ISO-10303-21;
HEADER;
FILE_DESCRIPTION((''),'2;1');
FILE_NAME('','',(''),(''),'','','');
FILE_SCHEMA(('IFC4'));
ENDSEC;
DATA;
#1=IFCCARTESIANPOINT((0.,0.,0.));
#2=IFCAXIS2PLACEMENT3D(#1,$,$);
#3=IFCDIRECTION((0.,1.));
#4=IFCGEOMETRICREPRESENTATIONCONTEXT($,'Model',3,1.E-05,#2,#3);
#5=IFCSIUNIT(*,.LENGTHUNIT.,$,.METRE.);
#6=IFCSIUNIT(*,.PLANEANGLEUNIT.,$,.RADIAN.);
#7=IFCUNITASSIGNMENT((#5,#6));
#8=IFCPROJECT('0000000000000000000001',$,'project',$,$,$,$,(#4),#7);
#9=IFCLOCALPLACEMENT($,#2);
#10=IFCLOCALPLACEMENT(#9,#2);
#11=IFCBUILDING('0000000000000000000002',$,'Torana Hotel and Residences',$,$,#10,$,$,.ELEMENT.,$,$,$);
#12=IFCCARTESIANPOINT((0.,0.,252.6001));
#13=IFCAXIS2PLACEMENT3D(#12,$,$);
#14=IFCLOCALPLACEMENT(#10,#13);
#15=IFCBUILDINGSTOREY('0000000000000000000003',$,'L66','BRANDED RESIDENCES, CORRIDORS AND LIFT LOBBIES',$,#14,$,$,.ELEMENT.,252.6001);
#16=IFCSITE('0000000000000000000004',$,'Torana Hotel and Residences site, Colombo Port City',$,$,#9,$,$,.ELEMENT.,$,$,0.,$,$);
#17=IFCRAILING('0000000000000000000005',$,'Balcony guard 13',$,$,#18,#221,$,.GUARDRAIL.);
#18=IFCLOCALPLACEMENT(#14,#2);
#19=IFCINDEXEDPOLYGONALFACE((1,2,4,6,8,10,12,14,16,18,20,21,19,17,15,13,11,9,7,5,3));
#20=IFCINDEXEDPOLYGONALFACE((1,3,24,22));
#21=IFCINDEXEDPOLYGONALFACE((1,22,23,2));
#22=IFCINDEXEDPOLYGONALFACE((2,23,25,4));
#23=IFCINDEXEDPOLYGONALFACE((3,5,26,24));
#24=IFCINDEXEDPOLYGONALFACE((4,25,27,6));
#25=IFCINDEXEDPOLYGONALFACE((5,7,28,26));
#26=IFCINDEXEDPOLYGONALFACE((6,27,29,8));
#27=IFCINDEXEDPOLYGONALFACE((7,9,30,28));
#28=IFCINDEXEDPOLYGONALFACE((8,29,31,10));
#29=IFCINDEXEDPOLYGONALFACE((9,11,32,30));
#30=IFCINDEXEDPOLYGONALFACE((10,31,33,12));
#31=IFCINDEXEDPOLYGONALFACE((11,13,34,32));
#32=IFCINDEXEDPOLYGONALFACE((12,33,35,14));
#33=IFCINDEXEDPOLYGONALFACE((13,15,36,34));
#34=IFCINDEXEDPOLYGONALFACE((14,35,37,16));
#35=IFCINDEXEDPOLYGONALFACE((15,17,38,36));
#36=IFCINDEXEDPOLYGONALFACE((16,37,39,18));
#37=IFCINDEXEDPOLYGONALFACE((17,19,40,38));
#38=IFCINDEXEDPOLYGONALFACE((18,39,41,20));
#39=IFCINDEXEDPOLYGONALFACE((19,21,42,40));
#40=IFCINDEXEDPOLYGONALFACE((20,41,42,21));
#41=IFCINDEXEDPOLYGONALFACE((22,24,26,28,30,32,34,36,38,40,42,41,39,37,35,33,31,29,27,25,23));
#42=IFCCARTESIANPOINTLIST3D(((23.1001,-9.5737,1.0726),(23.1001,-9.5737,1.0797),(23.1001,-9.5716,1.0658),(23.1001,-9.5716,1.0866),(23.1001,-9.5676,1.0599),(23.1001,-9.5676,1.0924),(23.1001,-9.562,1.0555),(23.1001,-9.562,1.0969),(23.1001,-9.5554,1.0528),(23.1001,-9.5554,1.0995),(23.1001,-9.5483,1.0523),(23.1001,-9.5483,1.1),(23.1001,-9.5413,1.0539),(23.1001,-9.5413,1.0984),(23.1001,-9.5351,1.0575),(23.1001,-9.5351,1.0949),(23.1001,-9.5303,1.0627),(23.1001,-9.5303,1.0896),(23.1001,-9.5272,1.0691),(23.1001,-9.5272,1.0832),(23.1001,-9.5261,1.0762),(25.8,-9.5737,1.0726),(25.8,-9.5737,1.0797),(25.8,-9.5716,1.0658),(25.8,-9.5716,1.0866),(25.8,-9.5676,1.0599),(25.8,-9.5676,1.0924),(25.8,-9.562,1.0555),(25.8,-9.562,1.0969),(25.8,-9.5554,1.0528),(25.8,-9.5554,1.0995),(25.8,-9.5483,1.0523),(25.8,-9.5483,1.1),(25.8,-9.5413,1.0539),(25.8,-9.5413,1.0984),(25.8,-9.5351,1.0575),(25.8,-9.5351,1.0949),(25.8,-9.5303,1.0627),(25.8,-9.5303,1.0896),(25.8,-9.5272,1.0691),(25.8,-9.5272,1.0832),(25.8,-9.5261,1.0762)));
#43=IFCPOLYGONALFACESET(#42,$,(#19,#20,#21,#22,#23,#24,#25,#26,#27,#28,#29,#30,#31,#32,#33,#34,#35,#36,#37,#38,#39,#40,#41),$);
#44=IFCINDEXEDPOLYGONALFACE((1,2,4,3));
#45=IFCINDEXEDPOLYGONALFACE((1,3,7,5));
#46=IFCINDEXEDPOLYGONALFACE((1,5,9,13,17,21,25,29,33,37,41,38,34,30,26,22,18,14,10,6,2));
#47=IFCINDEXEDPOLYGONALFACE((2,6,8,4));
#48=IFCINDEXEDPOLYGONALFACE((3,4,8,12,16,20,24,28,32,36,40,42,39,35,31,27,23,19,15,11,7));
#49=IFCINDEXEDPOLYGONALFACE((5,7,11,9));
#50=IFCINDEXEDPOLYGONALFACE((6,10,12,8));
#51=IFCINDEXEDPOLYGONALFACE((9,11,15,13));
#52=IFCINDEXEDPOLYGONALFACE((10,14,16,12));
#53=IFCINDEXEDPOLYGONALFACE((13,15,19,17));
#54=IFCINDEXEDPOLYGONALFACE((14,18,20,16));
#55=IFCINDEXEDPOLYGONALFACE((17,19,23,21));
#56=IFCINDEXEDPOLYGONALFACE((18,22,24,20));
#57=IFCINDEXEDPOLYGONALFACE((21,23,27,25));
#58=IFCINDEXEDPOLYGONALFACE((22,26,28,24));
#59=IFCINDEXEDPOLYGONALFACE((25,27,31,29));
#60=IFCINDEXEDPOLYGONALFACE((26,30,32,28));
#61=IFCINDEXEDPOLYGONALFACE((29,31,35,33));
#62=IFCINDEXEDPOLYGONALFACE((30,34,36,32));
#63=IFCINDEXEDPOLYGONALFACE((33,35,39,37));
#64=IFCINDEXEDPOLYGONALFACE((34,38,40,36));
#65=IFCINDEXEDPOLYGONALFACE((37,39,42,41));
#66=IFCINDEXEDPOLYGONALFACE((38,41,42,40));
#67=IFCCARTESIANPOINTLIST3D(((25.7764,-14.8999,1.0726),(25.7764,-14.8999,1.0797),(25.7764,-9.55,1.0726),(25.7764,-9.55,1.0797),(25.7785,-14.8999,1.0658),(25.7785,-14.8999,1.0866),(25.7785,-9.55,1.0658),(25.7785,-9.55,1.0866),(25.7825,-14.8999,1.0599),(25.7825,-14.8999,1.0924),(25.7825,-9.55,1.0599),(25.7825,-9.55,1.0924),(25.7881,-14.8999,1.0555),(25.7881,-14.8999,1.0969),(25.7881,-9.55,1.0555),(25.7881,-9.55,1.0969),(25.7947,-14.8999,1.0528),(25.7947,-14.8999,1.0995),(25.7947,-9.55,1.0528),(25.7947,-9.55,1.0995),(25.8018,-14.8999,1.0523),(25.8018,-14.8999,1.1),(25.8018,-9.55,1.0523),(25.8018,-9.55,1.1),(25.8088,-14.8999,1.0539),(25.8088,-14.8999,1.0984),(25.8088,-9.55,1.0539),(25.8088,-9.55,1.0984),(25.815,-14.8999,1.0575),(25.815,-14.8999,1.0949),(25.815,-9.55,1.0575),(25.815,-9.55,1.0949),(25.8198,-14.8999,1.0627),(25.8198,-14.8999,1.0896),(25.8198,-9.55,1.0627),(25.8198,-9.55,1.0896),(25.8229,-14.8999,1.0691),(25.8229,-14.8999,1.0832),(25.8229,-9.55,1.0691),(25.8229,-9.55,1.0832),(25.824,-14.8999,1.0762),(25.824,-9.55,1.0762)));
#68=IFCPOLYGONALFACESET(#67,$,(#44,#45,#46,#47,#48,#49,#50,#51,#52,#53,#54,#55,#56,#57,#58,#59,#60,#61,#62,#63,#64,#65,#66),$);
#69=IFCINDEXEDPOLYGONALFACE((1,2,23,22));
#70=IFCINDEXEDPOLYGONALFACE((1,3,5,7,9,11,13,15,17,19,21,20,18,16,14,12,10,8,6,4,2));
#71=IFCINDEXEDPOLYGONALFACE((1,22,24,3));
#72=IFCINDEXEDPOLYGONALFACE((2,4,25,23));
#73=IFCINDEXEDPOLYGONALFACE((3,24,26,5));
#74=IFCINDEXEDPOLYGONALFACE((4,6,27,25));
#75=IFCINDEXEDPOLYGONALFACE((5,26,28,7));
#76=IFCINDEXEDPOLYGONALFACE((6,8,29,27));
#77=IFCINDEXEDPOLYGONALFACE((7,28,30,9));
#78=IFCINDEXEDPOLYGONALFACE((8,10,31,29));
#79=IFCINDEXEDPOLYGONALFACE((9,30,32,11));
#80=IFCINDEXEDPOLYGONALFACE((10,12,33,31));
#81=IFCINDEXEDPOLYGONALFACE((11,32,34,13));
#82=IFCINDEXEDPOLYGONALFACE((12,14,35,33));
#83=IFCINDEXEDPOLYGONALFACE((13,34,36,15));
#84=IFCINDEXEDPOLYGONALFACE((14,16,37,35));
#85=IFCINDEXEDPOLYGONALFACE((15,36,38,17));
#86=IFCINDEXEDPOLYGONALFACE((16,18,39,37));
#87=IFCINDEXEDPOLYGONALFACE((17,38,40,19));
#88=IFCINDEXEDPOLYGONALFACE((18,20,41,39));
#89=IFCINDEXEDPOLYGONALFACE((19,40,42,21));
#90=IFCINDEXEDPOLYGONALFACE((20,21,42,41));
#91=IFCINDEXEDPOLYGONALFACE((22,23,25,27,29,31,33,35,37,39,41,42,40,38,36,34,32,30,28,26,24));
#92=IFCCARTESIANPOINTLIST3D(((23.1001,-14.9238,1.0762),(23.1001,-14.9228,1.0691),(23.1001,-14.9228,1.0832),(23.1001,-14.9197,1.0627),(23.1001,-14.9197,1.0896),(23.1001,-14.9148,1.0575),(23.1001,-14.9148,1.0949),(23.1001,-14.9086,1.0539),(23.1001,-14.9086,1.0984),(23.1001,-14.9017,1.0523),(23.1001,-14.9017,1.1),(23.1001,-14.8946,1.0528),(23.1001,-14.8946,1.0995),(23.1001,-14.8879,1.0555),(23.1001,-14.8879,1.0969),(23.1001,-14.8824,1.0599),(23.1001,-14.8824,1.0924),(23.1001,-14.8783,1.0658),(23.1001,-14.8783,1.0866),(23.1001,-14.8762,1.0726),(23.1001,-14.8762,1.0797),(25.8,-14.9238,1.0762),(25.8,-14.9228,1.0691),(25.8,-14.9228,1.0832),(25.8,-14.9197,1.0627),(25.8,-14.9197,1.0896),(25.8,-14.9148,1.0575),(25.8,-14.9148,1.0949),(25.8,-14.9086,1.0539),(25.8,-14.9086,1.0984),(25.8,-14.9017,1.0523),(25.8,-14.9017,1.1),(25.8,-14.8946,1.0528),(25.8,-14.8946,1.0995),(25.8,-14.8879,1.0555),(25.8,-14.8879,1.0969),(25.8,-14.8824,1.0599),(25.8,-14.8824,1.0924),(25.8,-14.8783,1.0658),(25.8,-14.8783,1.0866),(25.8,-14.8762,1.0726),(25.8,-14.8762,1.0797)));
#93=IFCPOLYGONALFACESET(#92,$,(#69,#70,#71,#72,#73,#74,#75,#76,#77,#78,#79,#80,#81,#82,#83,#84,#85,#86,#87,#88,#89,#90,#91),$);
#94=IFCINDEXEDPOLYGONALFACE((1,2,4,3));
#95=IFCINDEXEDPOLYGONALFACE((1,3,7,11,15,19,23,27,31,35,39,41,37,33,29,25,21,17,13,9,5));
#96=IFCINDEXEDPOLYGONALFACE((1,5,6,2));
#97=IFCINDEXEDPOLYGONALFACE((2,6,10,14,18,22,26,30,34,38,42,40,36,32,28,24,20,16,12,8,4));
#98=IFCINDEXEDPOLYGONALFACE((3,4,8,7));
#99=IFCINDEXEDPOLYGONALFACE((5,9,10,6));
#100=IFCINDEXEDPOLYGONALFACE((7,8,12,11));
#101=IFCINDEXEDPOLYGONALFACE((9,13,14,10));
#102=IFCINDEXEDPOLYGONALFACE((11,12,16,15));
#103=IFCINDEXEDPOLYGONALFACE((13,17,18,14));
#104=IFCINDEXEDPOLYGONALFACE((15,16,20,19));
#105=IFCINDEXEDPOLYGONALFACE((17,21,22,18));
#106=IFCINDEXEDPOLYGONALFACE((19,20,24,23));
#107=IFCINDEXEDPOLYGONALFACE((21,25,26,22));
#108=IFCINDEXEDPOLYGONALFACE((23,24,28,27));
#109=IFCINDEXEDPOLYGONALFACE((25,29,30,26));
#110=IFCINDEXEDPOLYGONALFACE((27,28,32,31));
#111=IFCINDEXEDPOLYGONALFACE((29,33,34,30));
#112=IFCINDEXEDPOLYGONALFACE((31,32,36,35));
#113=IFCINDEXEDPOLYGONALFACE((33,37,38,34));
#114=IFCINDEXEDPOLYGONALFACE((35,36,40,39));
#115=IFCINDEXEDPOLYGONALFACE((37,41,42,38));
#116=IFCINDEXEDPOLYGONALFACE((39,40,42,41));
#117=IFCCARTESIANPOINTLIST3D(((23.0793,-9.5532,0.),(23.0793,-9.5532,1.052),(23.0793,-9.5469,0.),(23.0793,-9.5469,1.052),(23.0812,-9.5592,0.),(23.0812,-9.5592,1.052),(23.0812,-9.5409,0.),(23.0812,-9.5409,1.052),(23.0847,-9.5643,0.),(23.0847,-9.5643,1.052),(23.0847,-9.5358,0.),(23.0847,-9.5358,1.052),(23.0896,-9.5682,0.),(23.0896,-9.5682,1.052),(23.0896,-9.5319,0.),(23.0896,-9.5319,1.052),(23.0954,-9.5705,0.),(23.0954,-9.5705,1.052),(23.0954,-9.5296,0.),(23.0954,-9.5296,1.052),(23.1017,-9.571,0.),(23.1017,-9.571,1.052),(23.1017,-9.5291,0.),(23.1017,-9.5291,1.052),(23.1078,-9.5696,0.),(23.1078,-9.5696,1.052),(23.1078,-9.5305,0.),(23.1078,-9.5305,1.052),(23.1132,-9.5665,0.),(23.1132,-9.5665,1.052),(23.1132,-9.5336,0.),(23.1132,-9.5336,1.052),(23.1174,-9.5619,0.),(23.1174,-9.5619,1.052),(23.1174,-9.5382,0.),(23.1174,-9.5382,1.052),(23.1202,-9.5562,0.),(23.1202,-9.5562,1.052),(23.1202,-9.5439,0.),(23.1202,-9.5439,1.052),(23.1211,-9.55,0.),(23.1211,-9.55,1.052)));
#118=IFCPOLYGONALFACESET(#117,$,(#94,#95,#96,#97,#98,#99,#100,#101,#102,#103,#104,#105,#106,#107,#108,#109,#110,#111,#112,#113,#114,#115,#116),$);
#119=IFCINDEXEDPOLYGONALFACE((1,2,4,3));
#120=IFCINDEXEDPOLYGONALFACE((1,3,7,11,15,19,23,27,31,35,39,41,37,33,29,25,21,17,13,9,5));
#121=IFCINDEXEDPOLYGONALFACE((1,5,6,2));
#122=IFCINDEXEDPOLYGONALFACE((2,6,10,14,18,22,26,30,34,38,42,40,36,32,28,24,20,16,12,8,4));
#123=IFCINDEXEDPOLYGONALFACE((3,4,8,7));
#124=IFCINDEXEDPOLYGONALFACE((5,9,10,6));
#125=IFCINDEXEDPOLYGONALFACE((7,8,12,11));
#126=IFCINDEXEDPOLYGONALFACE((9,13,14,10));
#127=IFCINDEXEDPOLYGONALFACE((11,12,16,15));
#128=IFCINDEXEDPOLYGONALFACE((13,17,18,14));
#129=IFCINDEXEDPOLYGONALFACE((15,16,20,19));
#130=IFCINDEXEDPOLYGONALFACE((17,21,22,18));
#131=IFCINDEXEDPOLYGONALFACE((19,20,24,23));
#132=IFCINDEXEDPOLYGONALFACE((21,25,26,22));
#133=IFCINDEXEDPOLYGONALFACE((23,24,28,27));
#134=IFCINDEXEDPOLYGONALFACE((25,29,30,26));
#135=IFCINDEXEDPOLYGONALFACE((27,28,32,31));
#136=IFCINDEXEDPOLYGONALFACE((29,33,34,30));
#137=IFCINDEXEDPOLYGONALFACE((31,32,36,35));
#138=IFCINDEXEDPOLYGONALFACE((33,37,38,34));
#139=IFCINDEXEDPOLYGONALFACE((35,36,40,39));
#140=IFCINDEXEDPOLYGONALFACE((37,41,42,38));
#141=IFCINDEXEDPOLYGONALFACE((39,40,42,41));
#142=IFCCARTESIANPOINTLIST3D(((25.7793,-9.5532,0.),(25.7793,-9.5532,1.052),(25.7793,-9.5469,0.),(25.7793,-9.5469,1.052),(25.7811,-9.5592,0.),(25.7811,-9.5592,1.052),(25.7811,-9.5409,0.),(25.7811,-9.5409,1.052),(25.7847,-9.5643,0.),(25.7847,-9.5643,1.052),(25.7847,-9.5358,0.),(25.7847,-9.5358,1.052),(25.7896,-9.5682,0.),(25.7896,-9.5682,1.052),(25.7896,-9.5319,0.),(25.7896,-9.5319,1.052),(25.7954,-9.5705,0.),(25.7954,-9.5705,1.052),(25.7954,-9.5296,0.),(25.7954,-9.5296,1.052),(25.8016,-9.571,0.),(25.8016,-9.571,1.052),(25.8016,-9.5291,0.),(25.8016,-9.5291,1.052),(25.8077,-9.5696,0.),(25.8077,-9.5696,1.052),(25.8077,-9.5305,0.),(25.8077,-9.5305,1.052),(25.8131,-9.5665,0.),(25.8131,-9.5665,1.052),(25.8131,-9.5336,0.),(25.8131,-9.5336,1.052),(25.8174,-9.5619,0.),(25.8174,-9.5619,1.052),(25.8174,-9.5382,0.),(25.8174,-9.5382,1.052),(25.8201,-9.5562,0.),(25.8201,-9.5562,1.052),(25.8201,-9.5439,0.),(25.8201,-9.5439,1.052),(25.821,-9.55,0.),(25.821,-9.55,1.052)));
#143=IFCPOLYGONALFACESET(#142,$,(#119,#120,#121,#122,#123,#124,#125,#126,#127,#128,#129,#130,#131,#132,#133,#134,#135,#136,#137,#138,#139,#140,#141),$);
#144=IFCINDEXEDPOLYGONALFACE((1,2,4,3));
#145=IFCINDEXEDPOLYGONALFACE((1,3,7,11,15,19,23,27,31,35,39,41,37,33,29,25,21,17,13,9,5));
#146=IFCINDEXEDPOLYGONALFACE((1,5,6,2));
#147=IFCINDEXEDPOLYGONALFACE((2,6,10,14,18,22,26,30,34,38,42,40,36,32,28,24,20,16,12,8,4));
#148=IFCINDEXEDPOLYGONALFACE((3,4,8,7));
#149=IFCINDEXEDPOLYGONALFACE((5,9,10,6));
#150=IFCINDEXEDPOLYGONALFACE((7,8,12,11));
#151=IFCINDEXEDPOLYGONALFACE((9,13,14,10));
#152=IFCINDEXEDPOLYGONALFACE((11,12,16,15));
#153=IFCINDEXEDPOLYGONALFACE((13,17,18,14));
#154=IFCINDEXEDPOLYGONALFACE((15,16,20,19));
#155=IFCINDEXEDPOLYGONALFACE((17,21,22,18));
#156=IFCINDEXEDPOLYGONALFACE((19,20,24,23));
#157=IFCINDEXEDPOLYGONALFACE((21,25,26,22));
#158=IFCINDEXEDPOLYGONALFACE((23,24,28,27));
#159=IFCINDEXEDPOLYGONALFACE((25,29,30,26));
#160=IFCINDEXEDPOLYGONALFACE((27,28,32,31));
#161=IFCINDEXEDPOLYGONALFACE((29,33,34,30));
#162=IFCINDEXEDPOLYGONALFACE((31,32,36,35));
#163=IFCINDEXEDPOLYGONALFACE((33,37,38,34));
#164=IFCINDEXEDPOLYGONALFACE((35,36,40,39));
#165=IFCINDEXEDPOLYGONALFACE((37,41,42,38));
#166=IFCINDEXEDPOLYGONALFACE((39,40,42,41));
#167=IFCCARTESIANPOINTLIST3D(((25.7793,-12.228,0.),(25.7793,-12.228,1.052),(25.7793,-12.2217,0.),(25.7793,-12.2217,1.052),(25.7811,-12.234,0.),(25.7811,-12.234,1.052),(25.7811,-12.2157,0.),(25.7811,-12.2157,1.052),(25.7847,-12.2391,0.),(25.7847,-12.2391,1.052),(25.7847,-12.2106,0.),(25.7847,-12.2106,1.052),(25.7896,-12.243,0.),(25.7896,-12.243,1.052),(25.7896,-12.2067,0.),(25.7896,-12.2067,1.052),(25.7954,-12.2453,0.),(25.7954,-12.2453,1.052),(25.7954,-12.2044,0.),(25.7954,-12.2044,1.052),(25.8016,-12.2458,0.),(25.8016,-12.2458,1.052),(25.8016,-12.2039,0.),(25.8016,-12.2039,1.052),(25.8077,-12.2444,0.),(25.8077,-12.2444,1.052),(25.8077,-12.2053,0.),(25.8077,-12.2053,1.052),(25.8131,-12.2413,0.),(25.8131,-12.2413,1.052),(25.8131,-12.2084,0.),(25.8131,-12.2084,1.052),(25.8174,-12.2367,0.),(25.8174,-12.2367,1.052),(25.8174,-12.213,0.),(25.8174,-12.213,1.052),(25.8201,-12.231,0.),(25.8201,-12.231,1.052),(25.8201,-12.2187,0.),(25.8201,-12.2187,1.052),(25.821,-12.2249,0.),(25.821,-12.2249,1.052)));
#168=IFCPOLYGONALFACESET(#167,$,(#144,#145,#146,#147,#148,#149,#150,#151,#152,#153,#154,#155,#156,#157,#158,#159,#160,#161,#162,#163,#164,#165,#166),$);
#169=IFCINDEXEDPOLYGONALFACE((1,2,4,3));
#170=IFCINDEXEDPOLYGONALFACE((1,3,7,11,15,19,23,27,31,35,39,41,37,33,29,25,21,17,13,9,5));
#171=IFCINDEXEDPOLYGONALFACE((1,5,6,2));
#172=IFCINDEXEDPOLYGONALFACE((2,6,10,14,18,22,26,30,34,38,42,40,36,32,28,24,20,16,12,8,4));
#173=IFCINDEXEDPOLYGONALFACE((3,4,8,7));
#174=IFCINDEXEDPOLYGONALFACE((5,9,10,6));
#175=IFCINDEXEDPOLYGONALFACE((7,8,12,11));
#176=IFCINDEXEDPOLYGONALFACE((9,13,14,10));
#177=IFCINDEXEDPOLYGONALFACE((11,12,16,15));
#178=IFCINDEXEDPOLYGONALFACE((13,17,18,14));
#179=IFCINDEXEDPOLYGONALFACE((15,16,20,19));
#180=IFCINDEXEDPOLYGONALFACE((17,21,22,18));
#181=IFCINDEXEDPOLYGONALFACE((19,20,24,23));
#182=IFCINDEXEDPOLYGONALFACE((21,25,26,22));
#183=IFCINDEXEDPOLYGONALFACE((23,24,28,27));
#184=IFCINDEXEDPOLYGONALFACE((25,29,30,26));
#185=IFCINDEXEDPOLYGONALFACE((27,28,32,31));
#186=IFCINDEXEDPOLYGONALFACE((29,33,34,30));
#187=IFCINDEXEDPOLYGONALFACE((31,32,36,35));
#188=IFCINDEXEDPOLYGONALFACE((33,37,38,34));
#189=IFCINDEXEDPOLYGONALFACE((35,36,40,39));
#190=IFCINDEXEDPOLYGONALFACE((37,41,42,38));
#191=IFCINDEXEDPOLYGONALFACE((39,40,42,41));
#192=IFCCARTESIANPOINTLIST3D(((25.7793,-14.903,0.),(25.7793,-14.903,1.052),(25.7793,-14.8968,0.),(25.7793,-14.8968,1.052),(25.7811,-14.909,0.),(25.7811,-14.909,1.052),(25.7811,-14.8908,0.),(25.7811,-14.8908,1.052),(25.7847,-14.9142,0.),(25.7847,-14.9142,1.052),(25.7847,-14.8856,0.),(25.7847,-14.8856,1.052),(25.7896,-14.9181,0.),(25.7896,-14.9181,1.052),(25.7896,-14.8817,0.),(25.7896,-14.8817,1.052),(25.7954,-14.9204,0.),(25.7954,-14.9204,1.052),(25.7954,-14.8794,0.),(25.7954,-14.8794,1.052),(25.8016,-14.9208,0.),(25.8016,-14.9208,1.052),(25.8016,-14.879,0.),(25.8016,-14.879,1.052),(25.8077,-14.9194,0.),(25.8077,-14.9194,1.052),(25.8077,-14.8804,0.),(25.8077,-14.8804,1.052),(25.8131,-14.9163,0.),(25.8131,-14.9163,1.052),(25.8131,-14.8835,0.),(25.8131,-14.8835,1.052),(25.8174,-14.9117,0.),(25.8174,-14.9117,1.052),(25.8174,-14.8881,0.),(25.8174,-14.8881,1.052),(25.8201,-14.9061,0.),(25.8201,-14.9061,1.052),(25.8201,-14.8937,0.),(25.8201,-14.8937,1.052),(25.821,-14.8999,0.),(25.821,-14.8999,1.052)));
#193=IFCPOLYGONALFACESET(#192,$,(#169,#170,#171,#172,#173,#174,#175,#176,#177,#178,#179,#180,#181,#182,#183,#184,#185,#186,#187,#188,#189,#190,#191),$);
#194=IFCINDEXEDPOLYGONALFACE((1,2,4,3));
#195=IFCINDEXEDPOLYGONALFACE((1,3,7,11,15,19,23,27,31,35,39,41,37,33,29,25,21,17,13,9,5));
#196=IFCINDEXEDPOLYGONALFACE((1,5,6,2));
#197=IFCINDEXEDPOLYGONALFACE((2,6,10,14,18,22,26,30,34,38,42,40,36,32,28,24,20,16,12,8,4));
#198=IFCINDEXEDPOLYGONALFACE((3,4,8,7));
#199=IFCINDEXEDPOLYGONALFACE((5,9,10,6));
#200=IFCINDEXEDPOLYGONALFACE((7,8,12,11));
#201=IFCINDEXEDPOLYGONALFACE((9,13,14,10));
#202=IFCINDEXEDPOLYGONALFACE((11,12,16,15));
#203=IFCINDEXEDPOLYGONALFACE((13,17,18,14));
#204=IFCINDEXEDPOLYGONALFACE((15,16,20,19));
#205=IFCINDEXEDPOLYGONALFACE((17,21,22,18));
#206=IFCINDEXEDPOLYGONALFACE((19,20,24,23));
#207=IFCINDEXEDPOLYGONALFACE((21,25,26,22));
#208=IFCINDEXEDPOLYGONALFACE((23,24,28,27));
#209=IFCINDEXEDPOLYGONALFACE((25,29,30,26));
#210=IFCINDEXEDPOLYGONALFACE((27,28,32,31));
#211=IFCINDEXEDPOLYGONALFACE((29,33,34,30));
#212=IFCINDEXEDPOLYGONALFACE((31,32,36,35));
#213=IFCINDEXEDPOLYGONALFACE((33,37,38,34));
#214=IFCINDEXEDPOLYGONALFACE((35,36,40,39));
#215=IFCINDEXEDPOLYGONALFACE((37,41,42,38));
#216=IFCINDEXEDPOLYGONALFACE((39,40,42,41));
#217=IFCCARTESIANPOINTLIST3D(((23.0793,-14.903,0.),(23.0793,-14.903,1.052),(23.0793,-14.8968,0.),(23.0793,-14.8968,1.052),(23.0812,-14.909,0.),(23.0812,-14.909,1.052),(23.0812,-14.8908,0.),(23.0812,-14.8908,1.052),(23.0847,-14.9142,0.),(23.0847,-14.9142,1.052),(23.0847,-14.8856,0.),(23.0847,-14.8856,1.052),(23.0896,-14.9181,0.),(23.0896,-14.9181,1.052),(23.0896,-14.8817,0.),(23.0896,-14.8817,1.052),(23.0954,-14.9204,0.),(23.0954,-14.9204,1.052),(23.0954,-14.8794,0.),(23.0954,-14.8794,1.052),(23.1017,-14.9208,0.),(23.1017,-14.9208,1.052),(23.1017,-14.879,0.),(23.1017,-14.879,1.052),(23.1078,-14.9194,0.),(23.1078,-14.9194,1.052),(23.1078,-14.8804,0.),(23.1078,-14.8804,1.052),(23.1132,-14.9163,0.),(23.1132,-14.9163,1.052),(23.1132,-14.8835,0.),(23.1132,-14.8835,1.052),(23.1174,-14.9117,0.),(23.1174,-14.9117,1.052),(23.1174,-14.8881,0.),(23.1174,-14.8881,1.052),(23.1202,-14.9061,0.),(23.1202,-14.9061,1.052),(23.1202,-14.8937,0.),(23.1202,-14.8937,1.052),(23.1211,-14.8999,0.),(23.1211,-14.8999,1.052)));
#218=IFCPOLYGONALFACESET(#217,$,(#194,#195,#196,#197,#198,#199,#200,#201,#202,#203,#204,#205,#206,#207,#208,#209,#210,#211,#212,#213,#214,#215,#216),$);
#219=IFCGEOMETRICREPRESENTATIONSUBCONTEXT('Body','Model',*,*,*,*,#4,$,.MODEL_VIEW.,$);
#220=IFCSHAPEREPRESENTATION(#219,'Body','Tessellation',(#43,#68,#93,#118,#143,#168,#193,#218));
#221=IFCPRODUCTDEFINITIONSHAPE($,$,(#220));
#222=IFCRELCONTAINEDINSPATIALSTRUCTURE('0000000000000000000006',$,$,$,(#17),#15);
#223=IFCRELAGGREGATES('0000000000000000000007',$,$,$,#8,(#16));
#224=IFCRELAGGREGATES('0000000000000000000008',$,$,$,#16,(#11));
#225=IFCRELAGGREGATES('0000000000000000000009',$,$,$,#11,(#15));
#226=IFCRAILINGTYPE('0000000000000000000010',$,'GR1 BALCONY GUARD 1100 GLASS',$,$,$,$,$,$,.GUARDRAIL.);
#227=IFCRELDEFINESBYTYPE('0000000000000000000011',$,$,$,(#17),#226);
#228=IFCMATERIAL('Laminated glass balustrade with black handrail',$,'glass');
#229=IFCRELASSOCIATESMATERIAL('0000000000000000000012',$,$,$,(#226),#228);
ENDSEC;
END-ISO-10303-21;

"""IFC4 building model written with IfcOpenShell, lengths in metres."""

from ifc_helpers import new_model, si_unit, direction, frame, origin, origin_2d, place, context, subcontext, project, spatial, circle, extrude, material, type_object, element, save


model = new_model("IFC4")

# Units and contexts
model_context = context("Model", 3, precision=1e-05, world=origin(), true_north=direction((0.0, 1.0)))
body_context = subcontext(model_context, "Body", "Model", "MODEL_VIEW")
ifc_project = project(units=[si_unit("LENGTHUNIT", "METRE"), si_unit("PLANEANGLEUNIT", "RADIAN")], contexts=[model_context])

# Site, building, storey
site_placement = place(None, origin())
site = spatial("IfcSite", under=ifc_project, at=site_placement, Name="Torana Hotel and Residences site, Colombo Port City", CompositionType="ELEMENT", RefElevation=0.0)
building_placement = place(site_placement, origin())
building = spatial("IfcBuilding", under=site, at=building_placement, Name="Torana Hotel and Residences", CompositionType="ELEMENT")
storey_placement = place(building_placement, frame((0.0, 0.0, 252.6001)))
storey = spatial("IfcBuildingStorey", under=building, at=storey_placement, Name="L66", Description="BRANDED RESIDENCES, CORRIDORS AND LIFT LOBBIES", CompositionType="ELEMENT", Elevation=252.6001)

# Railing
ifc_material_1 = material(Name="Laminated glass balustrade with black handrail", Category="glass")
railing_type_1 = type_object("IfcRailingType", Name="GR1 BALCONY GUARD 1100 GLASS", PredefinedType="GUARDRAIL", material=ifc_material_1)
railing_1_placement = place(storey_placement, frame((23.1001, -9.55, 0.0)))
element("IfcRailing", 1, at=railing_1_placement, inside=storey, type_object=railing_type_1, Name="Balcony guard 13", PredefinedType="GUARDRAIL", context=body_context, shape_type="SweptSolid", body=[
    extrude(circle(Radius=0.0239, at=origin_2d()), frame((0.0, 0.0, 1.0762), z_axis=(1.0, 0.0, 0.0), x_axis=(0.0, 1.0, 0.0)), (0.0, 0.0, 1.0), 2.7),
    extrude(circle(Radius=0.0239, at=origin_2d()), frame((2.7, 0.0, 1.0762), z_axis=(0.0, -1.0, 0.0), x_axis=(1.0, 0.0, 0.0)), (0.0, 0.0, 1.0), 5.3499),
    extrude(circle(Radius=0.0239, at=origin_2d()), frame((2.7, -5.3499, 1.0762), z_axis=(-1.0, 0.0, 0.0), x_axis=(0.0, -1.0, 0.0)), (0.0, 0.0, 1.0), 2.7),
    extrude(circle(Radius=0.021, at=origin_2d()), origin(), (0.0, 0.0, 1.0), 1.052),
    extrude(circle(Radius=0.021, at=origin_2d()), frame((2.7, 0.0, 0.0)), (0.0, 0.0, 1.0), 1.052),
    extrude(circle(Radius=0.021, at=origin_2d()), frame((2.7, -2.6748, 0.0)), (0.0, 0.0, 1.0), 1.052),
    extrude(circle(Radius=0.021, at=origin_2d()), frame((2.7, -5.3499, 0.0)), (0.0, 0.0, 1.0), 1.052),
    extrude(circle(Radius=0.021, at=origin_2d()), frame((0.0, -5.3499, 0.0)), (0.0, 0.0, 1.0), 1.052),
])

save(model, "model.ifc")
